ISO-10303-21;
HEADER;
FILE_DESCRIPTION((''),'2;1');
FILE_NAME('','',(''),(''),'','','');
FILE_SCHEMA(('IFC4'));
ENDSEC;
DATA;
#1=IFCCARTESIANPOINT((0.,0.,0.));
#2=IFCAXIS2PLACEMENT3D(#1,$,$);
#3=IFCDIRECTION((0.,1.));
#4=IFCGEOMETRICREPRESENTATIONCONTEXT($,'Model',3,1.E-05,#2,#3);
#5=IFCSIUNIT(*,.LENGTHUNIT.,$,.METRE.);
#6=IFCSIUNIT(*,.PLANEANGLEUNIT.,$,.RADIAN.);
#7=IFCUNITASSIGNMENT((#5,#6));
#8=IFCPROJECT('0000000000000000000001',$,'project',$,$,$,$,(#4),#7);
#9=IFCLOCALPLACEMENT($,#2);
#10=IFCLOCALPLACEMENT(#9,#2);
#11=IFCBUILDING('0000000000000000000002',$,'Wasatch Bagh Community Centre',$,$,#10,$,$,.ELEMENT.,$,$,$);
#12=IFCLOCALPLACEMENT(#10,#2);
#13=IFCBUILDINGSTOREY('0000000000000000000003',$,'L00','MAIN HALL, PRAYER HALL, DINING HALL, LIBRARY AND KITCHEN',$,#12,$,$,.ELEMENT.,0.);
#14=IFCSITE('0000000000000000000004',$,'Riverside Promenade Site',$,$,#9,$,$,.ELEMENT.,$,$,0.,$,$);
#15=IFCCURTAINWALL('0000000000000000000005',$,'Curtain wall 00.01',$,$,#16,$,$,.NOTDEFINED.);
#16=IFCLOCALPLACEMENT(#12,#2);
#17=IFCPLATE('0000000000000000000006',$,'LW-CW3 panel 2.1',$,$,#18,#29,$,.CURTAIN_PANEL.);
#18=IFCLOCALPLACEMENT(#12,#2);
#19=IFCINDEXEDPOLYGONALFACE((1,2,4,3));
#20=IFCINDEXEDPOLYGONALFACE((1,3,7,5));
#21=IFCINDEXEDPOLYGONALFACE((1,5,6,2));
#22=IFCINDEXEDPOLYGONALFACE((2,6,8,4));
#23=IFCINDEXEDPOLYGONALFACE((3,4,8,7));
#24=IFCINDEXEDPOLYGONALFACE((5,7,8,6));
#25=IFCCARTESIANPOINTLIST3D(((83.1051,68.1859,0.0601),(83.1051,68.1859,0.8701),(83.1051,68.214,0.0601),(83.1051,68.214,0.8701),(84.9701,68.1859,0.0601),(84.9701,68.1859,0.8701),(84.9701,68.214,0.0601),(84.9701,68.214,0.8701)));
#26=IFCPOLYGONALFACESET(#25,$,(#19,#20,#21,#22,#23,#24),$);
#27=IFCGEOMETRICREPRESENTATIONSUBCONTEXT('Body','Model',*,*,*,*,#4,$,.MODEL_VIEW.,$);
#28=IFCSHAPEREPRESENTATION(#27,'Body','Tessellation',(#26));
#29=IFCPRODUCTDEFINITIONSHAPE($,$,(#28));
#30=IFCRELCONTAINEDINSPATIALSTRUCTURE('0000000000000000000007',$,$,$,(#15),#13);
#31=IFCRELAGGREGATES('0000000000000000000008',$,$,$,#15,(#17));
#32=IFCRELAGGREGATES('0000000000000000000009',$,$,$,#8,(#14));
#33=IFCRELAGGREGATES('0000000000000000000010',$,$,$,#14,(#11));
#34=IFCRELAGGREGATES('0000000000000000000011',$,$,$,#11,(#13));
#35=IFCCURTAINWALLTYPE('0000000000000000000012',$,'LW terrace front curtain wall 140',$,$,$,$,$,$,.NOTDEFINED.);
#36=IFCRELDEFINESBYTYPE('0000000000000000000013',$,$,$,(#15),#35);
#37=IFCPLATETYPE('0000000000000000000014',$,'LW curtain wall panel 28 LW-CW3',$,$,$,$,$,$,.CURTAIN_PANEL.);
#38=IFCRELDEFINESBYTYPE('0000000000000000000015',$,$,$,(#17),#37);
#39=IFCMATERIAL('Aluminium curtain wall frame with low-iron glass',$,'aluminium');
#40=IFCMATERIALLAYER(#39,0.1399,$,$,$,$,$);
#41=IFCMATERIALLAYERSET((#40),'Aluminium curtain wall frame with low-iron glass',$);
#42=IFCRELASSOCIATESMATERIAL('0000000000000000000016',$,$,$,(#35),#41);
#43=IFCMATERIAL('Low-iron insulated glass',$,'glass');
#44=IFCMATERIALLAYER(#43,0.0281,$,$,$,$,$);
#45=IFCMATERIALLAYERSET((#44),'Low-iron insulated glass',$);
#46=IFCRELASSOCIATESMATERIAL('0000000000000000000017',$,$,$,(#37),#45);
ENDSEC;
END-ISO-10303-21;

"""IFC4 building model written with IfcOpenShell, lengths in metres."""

from ifc_helpers import new_model, si_unit, direction, frame, origin, origin_2d, place, context, subcontext, project, spatial, rectangle, extrude, material, layer, layer_set, type_object, element, aggregate, save


model = new_model("IFC4")

# Units and contexts
model_context = context("Model", 3, precision=1e-05, world=origin(), true_north=direction((0.0, 1.0)))
body_context = subcontext(model_context, "Body", "Model", "MODEL_VIEW")
ifc_project = project(units=[si_unit("LENGTHUNIT", "METRE"), si_unit("PLANEANGLEUNIT", "RADIAN")], contexts=[model_context])

# Site, building, storey
site_placement = place(None, origin())
site = spatial("IfcSite", under=ifc_project, at=site_placement, Name="Riverside Promenade Site", CompositionType="ELEMENT", RefElevation=0.0)
building_placement = place(site_placement, origin())
building = spatial("IfcBuilding", under=site, at=building_placement, Name="Wasatch Bagh Community Centre", CompositionType="ELEMENT")
storey_placement = place(building_placement, origin())
storey = spatial("IfcBuildingStorey", under=building, at=storey_placement, Name="L00", Description="MAIN HALL, PRAYER HALL, DINING HALL, LIBRARY AND KITCHEN", CompositionType="ELEMENT", Elevation=0.0)

# Curtain wall, plate
ifc_material_1 = material(Name="Aluminium curtain wall frame with low-iron glass", Category="aluminium")
ifc_layer_1 = layer(ifc_material_1, 0.1399)
ifc_layer_set_1 = layer_set([ifc_layer_1], Name="Aluminium curtain wall frame with low-iron glass")
curtain_wall_type = type_object("IfcCurtainWallType", Name="LW terrace front curtain wall 140", PredefinedType="NOTDEFINED", material=ifc_layer_set_1)
curtain_wall_placement = place(storey_placement, origin())
curtain_wall = element("IfcCurtainWall", 1, at=curtain_wall_placement, inside=storey, type_object=curtain_wall_type, Name="Curtain wall 00.01", PredefinedType="NOTDEFINED")
ifc_material_2 = material(Name="Low-iron insulated glass", Category="glass")
ifc_layer_2 = layer(ifc_material_2, 0.0281)
ifc_layer_set_2 = layer_set([ifc_layer_2], Name="Low-iron insulated glass")
plate_type = type_object("IfcPlateType", Name="LW curtain wall panel 28 LW-CW3", PredefinedType="CURTAIN_PANEL", material=ifc_layer_set_2)
plate_1_placement = place(storey_placement, frame((84.0376, 68.2, 0.0601), z_axis=(0.0, 0.0, 1.0), x_axis=(1.0, 0.0, 0.0)))
plate_1 = element("IfcPlate", 2, at=plate_1_placement, type_object=plate_type, Name="LW-CW3 panel 2.1", PredefinedType="CURTAIN_PANEL", context=body_context, shape_type="SweptSolid", body=[
    extrude(rectangle(XDim=1.865, YDim=0.0281, at=origin_2d()), origin(), (0.0, 0.0, 1.0), 0.8101),
])
aggregate(curtain_wall, [plate_1])

save(model, "model.ifc")
